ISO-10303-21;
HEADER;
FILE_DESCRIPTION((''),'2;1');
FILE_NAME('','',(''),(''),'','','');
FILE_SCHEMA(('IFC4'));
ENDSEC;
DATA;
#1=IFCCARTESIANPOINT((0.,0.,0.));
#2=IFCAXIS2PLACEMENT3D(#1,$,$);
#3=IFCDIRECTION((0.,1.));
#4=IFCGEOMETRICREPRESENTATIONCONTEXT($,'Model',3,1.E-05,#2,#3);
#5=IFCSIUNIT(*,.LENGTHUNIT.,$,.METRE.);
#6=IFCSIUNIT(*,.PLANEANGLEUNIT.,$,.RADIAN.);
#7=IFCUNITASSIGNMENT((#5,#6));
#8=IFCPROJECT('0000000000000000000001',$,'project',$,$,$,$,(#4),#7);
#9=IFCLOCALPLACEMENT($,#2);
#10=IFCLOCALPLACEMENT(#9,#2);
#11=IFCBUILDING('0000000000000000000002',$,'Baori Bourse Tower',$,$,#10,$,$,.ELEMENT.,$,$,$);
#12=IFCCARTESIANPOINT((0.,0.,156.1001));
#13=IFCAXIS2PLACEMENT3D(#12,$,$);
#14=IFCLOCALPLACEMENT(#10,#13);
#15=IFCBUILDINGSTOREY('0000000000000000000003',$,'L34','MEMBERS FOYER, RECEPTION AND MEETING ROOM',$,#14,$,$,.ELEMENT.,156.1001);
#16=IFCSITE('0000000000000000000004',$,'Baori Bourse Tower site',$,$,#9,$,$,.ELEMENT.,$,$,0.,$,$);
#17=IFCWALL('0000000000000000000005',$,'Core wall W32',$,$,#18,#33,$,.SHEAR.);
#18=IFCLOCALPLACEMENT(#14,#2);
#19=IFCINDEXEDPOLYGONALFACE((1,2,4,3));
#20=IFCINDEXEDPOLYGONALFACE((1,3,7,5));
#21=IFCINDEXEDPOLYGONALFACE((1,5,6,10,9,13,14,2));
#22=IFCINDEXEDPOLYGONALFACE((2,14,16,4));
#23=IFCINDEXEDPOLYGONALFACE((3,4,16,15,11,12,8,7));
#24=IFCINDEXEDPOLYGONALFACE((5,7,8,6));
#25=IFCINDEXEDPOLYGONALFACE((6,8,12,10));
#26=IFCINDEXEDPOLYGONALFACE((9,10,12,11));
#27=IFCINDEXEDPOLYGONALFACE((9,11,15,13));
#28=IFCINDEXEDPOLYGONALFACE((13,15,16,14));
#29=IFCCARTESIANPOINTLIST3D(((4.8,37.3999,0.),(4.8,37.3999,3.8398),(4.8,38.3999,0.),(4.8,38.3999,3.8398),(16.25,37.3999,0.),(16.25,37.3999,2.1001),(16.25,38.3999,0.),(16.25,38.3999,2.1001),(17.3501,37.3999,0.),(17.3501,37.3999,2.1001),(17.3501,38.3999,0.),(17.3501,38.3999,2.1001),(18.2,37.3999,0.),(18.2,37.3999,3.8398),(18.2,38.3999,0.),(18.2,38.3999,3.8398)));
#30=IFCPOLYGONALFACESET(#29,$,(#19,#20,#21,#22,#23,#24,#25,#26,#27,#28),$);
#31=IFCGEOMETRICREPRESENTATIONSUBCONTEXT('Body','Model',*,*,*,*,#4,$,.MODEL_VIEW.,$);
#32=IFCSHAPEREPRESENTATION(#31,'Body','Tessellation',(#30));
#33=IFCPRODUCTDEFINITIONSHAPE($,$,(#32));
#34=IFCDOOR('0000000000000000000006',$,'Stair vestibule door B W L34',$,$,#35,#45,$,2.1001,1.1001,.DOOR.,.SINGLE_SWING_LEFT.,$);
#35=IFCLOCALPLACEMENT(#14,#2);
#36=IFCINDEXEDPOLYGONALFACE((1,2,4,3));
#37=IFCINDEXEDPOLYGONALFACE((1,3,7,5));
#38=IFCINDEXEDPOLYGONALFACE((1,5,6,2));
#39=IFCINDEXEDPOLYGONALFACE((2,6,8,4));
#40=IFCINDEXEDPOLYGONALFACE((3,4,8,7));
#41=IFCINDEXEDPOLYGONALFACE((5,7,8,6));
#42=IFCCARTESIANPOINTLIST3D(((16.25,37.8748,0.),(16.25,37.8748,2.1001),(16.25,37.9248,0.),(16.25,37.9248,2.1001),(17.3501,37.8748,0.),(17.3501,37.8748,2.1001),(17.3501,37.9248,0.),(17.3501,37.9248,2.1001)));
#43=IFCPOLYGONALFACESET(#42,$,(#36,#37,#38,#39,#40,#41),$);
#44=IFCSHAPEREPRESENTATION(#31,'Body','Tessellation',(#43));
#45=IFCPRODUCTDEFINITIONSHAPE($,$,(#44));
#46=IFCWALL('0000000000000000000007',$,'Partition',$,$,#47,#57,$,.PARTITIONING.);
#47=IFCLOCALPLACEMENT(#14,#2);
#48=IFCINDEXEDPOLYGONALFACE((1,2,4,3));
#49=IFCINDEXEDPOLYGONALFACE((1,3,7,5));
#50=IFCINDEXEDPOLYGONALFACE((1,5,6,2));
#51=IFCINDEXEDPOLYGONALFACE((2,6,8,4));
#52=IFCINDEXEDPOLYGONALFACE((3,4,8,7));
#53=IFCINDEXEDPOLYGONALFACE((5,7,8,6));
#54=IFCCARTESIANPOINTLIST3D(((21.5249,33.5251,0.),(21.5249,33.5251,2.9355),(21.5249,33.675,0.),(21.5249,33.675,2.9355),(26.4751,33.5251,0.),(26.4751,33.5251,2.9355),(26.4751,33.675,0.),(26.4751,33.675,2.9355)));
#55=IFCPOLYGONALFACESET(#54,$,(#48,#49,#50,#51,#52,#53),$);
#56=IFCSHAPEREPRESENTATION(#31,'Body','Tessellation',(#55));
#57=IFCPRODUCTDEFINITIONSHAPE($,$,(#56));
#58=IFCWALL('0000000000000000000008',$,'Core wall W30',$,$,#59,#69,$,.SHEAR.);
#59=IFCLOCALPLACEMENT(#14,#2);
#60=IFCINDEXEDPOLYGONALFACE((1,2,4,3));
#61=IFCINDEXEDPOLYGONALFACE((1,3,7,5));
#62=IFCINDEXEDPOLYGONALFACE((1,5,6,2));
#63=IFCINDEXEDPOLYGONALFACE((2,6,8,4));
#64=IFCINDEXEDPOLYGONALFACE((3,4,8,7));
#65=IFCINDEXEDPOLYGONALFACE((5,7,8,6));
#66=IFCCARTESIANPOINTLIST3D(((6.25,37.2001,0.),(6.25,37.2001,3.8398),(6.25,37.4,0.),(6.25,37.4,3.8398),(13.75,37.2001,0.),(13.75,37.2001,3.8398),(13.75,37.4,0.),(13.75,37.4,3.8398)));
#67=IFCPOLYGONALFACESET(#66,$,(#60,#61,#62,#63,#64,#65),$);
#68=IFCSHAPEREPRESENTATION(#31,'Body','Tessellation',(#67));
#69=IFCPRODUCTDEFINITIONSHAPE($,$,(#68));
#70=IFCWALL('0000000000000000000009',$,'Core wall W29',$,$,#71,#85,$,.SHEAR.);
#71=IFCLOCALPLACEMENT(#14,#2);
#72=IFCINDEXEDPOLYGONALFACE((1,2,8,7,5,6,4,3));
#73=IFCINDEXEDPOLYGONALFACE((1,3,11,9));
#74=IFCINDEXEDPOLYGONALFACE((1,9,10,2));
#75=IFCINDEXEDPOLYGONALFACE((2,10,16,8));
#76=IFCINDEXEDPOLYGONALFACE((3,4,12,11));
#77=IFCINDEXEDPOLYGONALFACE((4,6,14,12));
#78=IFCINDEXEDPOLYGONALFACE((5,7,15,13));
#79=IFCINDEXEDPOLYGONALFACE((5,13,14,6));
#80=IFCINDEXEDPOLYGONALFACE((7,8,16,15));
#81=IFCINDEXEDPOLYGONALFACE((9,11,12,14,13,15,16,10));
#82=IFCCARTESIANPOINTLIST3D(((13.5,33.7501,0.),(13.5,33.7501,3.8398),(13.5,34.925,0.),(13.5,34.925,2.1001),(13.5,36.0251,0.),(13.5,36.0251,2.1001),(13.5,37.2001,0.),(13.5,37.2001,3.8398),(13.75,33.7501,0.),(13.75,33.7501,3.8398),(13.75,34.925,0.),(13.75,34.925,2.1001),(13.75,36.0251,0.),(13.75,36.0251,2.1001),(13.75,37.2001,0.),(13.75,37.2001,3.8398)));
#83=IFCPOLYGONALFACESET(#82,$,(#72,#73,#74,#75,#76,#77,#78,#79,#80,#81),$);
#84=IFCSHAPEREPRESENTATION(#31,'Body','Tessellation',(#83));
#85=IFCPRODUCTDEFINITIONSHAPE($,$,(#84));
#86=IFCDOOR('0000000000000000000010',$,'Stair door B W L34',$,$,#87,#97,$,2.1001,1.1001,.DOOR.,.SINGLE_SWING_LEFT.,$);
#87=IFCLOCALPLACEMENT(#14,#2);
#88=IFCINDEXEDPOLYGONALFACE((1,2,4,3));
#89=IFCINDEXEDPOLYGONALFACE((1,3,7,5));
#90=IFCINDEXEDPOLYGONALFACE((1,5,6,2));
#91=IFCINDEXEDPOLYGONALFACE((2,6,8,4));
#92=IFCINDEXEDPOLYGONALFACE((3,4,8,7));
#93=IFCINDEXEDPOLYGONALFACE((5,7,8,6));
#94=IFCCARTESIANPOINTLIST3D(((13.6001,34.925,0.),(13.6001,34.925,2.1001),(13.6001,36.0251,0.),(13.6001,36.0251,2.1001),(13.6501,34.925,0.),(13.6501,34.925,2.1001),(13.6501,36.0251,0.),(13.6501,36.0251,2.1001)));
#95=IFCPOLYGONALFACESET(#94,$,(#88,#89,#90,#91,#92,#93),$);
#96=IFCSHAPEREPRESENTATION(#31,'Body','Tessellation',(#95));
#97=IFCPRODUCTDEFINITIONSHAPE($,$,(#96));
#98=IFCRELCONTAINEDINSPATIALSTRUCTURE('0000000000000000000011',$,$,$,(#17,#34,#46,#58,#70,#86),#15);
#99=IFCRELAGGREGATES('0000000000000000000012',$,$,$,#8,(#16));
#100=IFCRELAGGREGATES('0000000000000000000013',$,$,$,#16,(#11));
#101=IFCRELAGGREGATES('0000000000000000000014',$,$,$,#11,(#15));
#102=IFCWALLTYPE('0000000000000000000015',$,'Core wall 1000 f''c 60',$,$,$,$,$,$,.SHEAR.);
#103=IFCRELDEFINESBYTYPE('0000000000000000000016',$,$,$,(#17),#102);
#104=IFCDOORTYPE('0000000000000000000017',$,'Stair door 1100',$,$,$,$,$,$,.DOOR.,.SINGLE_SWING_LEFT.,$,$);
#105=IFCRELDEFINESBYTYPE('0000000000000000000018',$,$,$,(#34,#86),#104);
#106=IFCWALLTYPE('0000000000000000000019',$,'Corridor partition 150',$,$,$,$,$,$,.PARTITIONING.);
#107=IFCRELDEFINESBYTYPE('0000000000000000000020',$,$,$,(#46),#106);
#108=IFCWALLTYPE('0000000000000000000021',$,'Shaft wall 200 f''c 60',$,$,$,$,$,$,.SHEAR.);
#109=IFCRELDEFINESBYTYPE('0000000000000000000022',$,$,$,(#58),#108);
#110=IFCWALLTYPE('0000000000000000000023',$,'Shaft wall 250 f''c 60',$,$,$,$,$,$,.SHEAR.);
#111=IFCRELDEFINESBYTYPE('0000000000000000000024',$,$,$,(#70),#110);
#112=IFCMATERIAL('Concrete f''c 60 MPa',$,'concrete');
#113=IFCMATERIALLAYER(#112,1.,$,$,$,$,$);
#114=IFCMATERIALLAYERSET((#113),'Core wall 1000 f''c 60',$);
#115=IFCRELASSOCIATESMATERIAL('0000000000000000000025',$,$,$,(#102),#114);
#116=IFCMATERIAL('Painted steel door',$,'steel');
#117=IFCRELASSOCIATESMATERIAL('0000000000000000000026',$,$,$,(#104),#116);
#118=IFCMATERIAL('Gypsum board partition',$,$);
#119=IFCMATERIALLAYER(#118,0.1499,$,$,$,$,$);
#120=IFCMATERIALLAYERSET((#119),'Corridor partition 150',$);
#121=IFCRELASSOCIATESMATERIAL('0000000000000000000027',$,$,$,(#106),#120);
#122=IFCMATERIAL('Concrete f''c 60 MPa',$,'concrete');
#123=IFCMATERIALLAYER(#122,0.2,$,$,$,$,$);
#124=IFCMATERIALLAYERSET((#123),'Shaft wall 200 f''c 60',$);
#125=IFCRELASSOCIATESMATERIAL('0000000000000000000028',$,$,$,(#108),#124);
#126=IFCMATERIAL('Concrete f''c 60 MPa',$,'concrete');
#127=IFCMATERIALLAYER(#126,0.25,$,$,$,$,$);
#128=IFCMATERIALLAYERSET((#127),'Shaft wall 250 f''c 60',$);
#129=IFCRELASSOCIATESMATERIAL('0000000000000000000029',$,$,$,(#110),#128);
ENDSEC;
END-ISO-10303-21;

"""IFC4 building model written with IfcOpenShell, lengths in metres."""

from ifc_helpers import new_model, si_unit, direction, frame, frame_2d, origin, place, context, subcontext, project, spatial, rectangle, extrude, material, layer, layer_set, type_object, element, fill, save


model = new_model("IFC4")

# Units and contexts
model_context = context("Model", 3, precision=1e-05, world=origin(), true_north=direction((0.0, 1.0)))
body_context = subcontext(model_context, "Body", "Model", "MODEL_VIEW")
ifc_project = project(units=[si_unit("LENGTHUNIT", "METRE"), si_unit("PLANEANGLEUNIT", "RADIAN")], contexts=[model_context])

# Site, building, storey
site_placement = place(None, origin())
site = spatial("IfcSite", under=ifc_project, at=site_placement, Name="Baori Bourse Tower site", CompositionType="ELEMENT", RefElevation=0.0)
building_placement = place(site_placement, origin())
building = spatial("IfcBuilding", under=site, at=building_placement, Name="Baori Bourse Tower", CompositionType="ELEMENT")
storey_placement = place(building_placement, frame((0.0, 0.0, 156.1001)))
storey = spatial("IfcBuildingStorey", under=building, at=storey_placement, Name="L34", Description="MEMBERS FOYER, RECEPTION AND MEETING ROOM", CompositionType="ELEMENT", Elevation=156.1001)

# Shared definitions
ifc_material_1 = material(Name="Concrete f'c 60 MPa", Category="concrete")
ifc_layer_1 = layer(ifc_material_1, 1.0)
ifc_layer_set_1 = layer_set([ifc_layer_1], Name="Core wall 1000 f'c 60")
wall_type_1 = type_object("IfcWallType", Name="Core wall 1000 f'c 60", PredefinedType="SHEAR", material=ifc_layer_set_1)

# Wall, opening, door
wall_1_placement = place(storey_placement, frame((4.8, 37.8999, 0.0), z_axis=(0.0, 0.0, 1.0), x_axis=(1.0, 0.0, 0.0)))
wall_1 = element("IfcWall", 1, at=wall_1_placement, inside=storey, type_object=wall_type_1, Name="Core wall W32", PredefinedType="SHEAR", context=body_context, shape_type="SweptSolid", body=[
    extrude(rectangle(XDim=13.3999, YDim=1.0, at=frame_2d((6.7, 0.0))), origin(), (0.0, 0.0, 1.0), 3.8398),
])
opening_1_placement = place(wall_1_placement, frame((11.45, 0.0, 0.0)))
opening_1 = element("IfcOpeningElement", 2, at=opening_1_placement, cuts=wall_1, PredefinedType="OPENING", context=body_context, shape_type="SweptSolid", body=[
    extrude(rectangle(XDim=1.1001, YDim=2.1001, at=frame_2d((0.55, 1.05))), frame((0.0, 0.51, 0.0), z_axis=(0.0, -1.0, 0.0), x_axis=(1.0, 0.0, 0.0)), (0.0, 0.0, 1.0), 1.02),
])
ifc_material_2 = material(Name="Painted steel door", Category="steel")
door_type_1 = type_object("IfcDoorType", Name="Stair door 1100", OperationType="SINGLE_SWING_LEFT", PredefinedType="DOOR", material=ifc_material_2)
door_1_placement = place(opening_1_placement, origin())
door_1 = element("IfcDoor", 3, at=door_1_placement, inside=storey, type_object=door_type_1, Name="Stair vestibule door B W L34", OperationType="SINGLE_SWING_LEFT", OverallHeight=2.1001, OverallWidth=1.1001, PredefinedType="DOOR", context=body_context, shape_type="SweptSolid", body=[
    extrude(rectangle(XDim=1.1001, YDim=2.1001, at=frame_2d((0.55, 1.05))), frame((0.0, 0.0249, 0.0), z_axis=(0.0, -1.0, 0.0), x_axis=(1.0, 0.0, 0.0)), (0.0, 0.0, 1.0), 0.05),
])
fill(opening_1, door_1)

# Walls
ifc_material_3 = material(Name="Gypsum board partition")
ifc_layer_2 = layer(ifc_material_3, 0.1499)
ifc_layer_set_2 = layer_set([ifc_layer_2], Name="Corridor partition 150")
wall_type_2 = type_object("IfcWallType", Name="Corridor partition 150", PredefinedType="PARTITIONING", material=ifc_layer_set_2)
wall_2_placement = place(storey_placement, frame((21.5249, 33.6001, 0.0), z_axis=(0.0, 0.0, 1.0), x_axis=(1.0, 0.0, 0.0)))
element("IfcWall", 4, at=wall_2_placement, inside=storey, type_object=wall_type_2, Name="Partition", PredefinedType="PARTITIONING", context=body_context, shape_type="SweptSolid", body=[
    extrude(rectangle(XDim=4.9502, YDim=0.1499, at=frame_2d((2.4751, 0.0))), origin(), (0.0, 0.0, 1.0), 2.9355),
])
ifc_material_4 = material(Name="Concrete f'c 60 MPa", Category="concrete")
ifc_layer_3 = layer(ifc_material_4, 0.2)
ifc_layer_set_3 = layer_set([ifc_layer_3], Name="Shaft wall 200 f'c 60")
wall_type_3 = type_object("IfcWallType", Name="Shaft wall 200 f'c 60", PredefinedType="SHEAR", material=ifc_layer_set_3)
wall_3_placement = place(storey_placement, frame((6.25, 37.3, 0.0), z_axis=(0.0, 0.0, 1.0), x_axis=(1.0, 0.0, 0.0)))
element("IfcWall", 5, at=wall_3_placement, inside=storey, type_object=wall_type_3, Name="Core wall W30", PredefinedType="SHEAR", context=body_context, shape_type="SweptSolid", body=[
    extrude(rectangle(XDim=7.5, YDim=0.2, at=frame_2d((3.75, 0.0))), origin(), (0.0, 0.0, 1.0), 3.8398),
])

# Wall, opening, door
ifc_material_5 = material(Name="Concrete f'c 60 MPa", Category="concrete")
ifc_layer_4 = layer(ifc_material_5, 0.25)
ifc_layer_set_4 = layer_set([ifc_layer_4], Name="Shaft wall 250 f'c 60")
wall_type_4 = type_object("IfcWallType", Name="Shaft wall 250 f'c 60", PredefinedType="SHEAR", material=ifc_layer_set_4)
wall_4_placement = place(storey_placement, frame((13.625, 33.75, 0.0), z_axis=(0.0, 0.0, 1.0), x_axis=(0.0, 1.0, 0.0)))
wall_4 = element("IfcWall", 6, at=wall_4_placement, inside=storey, type_object=wall_type_4, Name="Core wall W29", PredefinedType="SHEAR", context=body_context, shape_type="SweptSolid", body=[
    extrude(rectangle(XDim=3.45, YDim=0.25, at=frame_2d((1.7251, 0.0))), origin(), (0.0, 0.0, 1.0), 3.8398),
])
opening_2_placement = place(wall_4_placement, frame((1.175, 0.0, 0.0)))
opening_2 = element("IfcOpeningElement", 7, at=opening_2_placement, cuts=wall_4, PredefinedType="OPENING", context=body_context, shape_type="SweptSolid", body=[
    extrude(rectangle(XDim=1.1001, YDim=2.1001, at=frame_2d((0.55, 1.05))), frame((0.0, 0.135, 0.0), z_axis=(0.0, -1.0, 0.0), x_axis=(1.0, 0.0, 0.0)), (0.0, 0.0, 1.0), 0.27),
])
door_2_placement = place(opening_2_placement, origin())
door_2 = element("IfcDoor", 8, at=door_2_placement, inside=storey, type_object=door_type_1, Name="Stair door B W L34", OperationType="SINGLE_SWING_LEFT", OverallHeight=2.1001, OverallWidth=1.1001, PredefinedType="DOOR", context=body_context, shape_type="SweptSolid", body=[
    extrude(rectangle(XDim=1.1001, YDim=2.1001, at=frame_2d((0.55, 1.05))), frame((0.0, 0.0249, 0.0), z_axis=(0.0, -1.0, 0.0), x_axis=(1.0, 0.0, 0.0)), (0.0, 0.0, 1.0), 0.05),
])
fill(opening_2, door_2)

save(model, "model.ifc")
